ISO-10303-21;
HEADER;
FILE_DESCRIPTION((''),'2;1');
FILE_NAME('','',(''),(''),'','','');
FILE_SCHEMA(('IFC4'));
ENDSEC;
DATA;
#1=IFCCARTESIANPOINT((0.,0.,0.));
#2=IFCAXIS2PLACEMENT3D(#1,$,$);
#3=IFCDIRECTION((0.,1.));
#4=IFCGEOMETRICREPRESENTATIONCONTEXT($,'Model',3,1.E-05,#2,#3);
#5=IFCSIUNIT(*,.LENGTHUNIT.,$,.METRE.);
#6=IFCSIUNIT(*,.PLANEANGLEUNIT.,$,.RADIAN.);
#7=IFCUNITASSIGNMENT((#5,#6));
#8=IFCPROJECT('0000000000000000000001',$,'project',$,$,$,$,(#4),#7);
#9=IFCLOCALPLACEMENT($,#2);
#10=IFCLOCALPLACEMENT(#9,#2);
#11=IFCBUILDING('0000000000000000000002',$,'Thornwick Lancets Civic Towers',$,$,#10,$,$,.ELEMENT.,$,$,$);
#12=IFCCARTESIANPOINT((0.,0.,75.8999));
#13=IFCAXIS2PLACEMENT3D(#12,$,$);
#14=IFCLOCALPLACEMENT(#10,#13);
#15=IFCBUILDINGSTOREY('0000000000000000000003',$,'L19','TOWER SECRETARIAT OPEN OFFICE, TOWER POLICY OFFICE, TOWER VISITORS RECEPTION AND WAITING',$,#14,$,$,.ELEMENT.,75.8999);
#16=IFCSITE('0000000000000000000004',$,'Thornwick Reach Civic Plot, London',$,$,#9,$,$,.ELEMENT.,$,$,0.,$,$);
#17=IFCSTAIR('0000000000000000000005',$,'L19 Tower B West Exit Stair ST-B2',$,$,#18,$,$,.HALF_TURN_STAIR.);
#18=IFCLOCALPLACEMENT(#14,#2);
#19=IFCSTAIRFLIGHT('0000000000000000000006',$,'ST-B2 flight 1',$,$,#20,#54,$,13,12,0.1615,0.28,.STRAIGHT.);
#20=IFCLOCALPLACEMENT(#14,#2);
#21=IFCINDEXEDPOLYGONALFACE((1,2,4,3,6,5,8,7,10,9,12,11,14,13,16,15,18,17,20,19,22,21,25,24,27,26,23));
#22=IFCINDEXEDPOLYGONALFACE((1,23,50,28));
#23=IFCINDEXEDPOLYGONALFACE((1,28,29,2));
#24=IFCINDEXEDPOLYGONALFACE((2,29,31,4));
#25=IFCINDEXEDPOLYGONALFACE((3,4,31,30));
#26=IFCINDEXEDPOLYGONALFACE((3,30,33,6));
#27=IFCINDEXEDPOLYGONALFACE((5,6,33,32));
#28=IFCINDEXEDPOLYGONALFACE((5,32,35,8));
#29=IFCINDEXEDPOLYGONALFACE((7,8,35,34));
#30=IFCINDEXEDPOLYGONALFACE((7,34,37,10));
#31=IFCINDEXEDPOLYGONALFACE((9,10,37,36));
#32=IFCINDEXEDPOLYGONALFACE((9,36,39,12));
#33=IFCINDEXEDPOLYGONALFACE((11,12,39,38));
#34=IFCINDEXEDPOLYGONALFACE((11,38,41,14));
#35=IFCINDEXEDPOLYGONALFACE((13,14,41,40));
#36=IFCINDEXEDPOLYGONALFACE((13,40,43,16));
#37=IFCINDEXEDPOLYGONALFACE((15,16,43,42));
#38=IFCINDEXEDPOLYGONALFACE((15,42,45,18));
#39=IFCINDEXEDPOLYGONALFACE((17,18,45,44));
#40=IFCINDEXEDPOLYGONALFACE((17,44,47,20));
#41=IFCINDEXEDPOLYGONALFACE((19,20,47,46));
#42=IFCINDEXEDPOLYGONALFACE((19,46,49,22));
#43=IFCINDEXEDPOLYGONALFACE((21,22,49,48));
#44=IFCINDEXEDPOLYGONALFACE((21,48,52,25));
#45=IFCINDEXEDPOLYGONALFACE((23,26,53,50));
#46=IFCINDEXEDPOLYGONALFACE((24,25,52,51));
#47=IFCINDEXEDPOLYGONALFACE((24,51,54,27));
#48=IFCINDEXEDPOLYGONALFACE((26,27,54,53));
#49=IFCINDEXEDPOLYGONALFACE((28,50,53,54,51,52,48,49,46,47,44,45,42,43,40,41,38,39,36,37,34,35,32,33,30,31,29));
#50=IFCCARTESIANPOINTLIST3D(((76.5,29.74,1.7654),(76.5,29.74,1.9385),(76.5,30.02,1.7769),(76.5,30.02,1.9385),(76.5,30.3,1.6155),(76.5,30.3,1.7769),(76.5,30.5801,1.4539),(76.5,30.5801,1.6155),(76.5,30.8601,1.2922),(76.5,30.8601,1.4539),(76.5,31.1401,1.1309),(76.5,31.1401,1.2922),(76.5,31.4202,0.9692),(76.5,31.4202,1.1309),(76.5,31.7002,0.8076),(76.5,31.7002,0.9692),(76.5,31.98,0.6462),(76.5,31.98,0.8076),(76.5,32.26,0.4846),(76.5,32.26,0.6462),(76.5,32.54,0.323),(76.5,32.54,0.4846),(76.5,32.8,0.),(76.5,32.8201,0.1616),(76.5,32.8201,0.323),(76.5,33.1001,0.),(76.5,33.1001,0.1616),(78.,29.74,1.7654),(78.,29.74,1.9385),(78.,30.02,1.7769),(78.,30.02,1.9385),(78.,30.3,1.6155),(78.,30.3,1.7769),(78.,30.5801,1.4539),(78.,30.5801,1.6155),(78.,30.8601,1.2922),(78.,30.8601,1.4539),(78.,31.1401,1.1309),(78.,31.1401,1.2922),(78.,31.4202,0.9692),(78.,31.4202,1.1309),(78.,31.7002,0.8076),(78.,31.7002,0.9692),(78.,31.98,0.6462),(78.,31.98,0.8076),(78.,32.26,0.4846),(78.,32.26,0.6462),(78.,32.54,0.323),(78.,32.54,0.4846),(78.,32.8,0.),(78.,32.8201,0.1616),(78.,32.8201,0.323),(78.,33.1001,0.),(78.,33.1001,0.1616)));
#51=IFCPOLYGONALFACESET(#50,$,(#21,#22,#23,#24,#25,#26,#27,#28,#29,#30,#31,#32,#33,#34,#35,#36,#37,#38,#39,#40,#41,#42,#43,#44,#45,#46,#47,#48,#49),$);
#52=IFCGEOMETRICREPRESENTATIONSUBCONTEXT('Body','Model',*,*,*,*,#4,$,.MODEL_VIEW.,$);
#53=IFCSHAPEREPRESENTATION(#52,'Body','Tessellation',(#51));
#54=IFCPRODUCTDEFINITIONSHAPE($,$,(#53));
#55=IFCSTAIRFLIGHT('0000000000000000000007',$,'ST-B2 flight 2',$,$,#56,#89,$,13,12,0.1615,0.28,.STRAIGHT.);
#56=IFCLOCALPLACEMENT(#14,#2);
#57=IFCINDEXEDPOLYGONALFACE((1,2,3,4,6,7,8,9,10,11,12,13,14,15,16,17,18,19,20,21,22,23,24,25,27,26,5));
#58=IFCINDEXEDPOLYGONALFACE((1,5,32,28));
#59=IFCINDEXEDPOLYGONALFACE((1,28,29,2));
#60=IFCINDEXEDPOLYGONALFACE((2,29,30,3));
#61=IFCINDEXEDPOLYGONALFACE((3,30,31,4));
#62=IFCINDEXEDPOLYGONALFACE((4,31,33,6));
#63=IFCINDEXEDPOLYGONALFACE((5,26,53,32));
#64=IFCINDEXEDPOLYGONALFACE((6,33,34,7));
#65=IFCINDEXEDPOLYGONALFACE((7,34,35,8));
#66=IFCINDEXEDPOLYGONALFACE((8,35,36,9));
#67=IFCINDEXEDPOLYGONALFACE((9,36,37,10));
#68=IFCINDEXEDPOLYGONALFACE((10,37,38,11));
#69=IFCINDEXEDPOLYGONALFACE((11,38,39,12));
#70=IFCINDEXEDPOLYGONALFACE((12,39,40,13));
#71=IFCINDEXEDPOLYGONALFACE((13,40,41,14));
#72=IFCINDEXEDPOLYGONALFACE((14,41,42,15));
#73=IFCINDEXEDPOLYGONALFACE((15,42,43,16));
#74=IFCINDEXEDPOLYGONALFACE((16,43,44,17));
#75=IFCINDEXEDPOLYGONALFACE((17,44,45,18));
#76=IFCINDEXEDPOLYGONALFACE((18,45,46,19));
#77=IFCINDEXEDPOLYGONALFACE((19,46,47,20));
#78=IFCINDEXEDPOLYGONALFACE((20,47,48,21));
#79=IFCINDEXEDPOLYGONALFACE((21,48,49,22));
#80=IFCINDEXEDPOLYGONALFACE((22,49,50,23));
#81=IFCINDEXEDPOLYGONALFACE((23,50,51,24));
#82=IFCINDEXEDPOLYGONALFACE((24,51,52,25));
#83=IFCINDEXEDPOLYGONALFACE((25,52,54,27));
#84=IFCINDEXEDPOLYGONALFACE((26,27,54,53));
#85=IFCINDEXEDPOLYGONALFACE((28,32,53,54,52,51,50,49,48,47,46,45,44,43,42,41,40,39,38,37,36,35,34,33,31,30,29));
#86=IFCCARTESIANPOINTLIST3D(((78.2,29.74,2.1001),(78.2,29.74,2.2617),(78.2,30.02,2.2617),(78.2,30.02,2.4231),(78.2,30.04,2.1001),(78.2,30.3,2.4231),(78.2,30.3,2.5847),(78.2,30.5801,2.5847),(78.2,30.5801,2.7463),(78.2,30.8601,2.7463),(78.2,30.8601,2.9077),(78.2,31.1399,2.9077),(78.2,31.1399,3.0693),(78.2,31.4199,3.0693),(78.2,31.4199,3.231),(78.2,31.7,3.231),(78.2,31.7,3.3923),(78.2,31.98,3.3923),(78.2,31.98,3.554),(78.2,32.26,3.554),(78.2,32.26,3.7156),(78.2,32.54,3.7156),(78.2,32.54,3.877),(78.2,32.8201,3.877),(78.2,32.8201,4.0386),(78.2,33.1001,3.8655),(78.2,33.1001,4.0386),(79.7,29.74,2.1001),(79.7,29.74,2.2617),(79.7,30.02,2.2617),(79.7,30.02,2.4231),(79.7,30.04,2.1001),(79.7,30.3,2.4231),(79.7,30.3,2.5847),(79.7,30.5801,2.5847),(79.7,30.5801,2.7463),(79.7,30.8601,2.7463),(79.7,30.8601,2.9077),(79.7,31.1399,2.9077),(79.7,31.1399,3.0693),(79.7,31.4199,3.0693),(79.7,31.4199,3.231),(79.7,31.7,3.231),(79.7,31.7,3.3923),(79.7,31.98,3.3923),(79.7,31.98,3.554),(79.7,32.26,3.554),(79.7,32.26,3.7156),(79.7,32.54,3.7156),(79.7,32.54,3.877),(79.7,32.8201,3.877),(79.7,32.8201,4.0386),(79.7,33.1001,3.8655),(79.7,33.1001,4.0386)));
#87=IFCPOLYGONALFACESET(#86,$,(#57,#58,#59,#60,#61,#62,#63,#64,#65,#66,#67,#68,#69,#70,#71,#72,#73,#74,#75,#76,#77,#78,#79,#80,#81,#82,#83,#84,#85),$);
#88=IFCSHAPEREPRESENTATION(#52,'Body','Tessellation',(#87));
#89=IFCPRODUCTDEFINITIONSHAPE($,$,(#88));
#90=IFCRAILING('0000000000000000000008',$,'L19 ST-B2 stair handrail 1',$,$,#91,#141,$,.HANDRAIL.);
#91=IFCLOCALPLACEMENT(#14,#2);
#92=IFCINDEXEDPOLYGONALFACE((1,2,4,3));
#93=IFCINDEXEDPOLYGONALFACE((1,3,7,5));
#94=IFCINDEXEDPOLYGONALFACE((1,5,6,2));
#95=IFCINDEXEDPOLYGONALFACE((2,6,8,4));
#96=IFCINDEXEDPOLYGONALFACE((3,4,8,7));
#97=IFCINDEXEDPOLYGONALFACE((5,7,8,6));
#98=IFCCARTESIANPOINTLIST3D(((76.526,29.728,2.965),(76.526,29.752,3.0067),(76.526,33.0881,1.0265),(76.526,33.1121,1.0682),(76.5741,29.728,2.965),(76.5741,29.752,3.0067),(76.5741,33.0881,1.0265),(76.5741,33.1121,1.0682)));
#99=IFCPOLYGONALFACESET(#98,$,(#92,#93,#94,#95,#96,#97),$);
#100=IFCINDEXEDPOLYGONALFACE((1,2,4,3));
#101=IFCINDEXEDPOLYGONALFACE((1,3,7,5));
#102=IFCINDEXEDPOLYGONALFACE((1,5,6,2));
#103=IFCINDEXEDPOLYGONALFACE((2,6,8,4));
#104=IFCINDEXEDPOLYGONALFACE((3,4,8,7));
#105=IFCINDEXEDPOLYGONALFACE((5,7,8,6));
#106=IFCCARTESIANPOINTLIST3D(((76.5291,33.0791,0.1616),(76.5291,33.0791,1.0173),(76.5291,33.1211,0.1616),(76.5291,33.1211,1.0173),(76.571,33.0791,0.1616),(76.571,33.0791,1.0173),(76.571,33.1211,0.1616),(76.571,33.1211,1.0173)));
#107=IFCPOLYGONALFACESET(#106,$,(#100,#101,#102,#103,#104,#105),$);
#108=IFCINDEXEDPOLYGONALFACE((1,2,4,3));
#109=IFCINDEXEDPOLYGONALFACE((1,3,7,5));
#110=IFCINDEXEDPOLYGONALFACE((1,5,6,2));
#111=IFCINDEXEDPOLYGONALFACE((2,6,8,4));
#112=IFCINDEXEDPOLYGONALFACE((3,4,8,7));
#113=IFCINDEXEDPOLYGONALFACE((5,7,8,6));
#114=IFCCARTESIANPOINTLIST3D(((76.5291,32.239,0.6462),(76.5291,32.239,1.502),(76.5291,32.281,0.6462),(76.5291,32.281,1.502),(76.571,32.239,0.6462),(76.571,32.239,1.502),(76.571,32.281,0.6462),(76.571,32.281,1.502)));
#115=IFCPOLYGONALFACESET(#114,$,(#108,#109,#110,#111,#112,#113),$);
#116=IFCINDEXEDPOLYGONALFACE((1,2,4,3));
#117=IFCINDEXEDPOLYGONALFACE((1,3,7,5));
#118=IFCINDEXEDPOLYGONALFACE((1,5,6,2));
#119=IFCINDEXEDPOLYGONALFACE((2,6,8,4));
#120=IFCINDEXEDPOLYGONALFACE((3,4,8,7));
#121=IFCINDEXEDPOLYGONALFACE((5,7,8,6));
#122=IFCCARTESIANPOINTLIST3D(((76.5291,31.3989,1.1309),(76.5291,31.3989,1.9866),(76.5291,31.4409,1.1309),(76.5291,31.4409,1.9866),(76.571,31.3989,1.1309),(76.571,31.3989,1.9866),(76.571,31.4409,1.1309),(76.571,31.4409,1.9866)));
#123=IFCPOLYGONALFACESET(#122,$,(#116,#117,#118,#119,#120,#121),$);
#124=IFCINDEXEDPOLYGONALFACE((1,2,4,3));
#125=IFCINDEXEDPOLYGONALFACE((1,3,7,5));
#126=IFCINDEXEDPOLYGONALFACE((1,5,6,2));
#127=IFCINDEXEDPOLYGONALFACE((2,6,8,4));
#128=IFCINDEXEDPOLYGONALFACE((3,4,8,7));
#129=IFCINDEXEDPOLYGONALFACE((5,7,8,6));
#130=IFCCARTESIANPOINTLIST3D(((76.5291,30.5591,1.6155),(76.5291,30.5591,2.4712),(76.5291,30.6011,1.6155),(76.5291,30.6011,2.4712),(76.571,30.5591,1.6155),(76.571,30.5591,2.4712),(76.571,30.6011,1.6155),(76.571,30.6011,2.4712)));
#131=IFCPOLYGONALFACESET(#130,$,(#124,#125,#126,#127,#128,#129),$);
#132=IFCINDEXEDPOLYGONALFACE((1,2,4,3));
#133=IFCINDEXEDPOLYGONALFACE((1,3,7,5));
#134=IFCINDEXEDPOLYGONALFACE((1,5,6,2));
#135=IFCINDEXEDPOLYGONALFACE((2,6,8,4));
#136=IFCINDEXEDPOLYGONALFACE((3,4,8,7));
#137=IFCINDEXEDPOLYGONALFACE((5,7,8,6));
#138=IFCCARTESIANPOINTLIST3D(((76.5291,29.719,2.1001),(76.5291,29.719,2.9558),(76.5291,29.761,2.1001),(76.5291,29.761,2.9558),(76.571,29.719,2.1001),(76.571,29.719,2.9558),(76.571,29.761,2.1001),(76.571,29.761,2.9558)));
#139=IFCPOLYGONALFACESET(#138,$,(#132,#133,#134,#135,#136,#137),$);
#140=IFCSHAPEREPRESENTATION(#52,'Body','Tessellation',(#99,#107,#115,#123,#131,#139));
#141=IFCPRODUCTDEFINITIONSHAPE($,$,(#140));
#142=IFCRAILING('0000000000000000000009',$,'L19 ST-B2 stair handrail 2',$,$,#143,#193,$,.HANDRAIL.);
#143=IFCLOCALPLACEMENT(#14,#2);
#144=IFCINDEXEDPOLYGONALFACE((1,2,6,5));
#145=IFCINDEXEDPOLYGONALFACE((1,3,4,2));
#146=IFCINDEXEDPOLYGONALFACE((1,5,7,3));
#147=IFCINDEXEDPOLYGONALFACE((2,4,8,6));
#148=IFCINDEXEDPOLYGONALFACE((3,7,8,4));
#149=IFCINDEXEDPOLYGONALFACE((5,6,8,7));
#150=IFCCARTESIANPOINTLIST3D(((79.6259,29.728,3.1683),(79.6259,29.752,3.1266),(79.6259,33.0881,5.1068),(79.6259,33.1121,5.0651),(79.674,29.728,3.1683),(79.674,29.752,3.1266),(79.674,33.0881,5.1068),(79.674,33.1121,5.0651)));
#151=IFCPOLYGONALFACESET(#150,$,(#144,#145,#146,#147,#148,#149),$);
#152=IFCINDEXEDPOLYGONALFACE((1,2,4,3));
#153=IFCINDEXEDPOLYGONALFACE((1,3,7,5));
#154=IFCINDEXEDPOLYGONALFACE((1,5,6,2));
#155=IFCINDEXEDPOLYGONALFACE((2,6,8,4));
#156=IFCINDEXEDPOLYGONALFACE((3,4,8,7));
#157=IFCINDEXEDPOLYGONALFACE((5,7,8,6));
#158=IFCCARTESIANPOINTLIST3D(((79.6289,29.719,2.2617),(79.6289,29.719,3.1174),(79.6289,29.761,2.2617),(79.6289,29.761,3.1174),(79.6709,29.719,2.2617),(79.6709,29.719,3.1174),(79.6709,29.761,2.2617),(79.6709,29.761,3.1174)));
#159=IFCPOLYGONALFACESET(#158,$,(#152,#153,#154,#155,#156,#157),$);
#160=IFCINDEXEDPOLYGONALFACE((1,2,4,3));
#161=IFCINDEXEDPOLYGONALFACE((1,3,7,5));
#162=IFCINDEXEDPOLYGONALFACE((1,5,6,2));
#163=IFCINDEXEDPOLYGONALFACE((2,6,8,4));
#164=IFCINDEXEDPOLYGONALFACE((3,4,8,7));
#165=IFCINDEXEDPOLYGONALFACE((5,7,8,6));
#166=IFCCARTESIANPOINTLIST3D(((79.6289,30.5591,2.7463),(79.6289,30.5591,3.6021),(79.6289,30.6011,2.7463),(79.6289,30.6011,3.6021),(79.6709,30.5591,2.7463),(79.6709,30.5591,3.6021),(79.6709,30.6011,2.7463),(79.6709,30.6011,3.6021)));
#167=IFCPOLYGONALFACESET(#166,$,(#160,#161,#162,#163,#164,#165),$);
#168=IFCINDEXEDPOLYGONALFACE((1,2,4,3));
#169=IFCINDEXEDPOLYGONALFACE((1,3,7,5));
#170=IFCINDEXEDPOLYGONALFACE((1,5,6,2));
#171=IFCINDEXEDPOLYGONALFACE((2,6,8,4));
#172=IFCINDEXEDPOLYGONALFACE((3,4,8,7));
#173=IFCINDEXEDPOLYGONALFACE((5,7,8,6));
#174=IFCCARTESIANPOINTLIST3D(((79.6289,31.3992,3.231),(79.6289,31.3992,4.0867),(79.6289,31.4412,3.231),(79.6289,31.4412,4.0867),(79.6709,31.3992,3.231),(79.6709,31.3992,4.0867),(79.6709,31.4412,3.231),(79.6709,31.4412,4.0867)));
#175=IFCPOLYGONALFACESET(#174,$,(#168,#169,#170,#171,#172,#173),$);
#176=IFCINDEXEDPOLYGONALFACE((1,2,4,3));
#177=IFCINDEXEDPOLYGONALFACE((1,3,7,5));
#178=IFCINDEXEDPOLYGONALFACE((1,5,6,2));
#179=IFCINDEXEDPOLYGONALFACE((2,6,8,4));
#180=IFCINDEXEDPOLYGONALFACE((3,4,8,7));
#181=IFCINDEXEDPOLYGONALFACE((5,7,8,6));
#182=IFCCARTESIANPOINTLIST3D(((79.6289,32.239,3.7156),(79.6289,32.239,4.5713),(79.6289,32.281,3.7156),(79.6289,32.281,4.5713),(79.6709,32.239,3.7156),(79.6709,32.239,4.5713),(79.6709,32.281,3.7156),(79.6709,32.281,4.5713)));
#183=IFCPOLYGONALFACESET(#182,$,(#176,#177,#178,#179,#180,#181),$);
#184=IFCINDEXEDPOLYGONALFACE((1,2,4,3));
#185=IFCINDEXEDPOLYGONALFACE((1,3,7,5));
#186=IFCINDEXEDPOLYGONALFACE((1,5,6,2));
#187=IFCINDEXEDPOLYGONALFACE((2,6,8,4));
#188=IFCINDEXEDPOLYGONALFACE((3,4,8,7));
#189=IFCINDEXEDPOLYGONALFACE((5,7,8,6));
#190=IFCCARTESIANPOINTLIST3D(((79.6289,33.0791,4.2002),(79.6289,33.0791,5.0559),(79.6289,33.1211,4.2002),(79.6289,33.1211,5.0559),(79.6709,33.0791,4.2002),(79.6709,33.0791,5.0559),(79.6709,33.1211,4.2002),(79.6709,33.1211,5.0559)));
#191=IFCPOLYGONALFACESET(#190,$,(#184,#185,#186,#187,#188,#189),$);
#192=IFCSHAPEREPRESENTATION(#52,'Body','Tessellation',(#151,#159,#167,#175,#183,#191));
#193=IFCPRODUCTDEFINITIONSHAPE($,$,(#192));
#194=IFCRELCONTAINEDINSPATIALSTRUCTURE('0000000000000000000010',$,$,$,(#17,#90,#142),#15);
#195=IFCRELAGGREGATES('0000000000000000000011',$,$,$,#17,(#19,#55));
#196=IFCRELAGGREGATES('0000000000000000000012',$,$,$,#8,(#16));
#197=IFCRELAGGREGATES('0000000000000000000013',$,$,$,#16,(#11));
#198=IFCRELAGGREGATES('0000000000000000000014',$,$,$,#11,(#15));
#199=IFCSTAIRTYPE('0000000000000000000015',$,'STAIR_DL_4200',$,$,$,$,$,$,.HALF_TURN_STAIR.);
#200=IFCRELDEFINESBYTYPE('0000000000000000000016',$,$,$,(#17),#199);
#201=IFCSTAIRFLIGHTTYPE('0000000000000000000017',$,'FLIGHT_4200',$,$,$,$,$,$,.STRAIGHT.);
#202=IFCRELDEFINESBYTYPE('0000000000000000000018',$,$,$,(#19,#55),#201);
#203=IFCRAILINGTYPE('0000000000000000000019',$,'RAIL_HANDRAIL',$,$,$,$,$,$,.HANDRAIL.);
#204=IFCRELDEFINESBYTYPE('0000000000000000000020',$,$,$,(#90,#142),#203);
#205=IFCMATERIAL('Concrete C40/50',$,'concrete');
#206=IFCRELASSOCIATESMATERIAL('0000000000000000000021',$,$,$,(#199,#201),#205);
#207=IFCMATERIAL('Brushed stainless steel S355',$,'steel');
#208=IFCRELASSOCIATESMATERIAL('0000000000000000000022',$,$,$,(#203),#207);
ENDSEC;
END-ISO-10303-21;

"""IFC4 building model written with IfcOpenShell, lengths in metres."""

from ifc_helpers import new_model, si_unit, direction, frame, origin, origin_2d, place, context, subcontext, project, spatial, polyline, rectangle, outline, extrude, material, type_object, element, aggregate, save


model = new_model("IFC4")

# Units and contexts
model_context = context("Model", 3, precision=1e-05, world=origin(), true_north=direction((0.0, 1.0)))
body_context = subcontext(model_context, "Body", "Model", "MODEL_VIEW")
ifc_project = project(units=[si_unit("LENGTHUNIT", "METRE"), si_unit("PLANEANGLEUNIT", "RADIAN")], contexts=[model_context])

# Site, building, storey
site_placement = place(None, origin())
site = spatial("IfcSite", under=ifc_project, at=site_placement, Name="Thornwick Reach Civic Plot, London", CompositionType="ELEMENT", RefElevation=0.0)
building_placement = place(site_placement, origin())
building = spatial("IfcBuilding", under=site, at=building_placement, Name="Thornwick Lancets Civic Towers", CompositionType="ELEMENT")
storey_placement = place(building_placement, frame((0.0, 0.0, 75.8999)))
storey = spatial("IfcBuildingStorey", under=building, at=storey_placement, Name="L19", Description="TOWER SECRETARIAT OPEN OFFICE, TOWER POLICY OFFICE, TOWER VISITORS RECEPTION AND WAITING", CompositionType="ELEMENT", Elevation=75.8999)

# Shared definitions
ifc_material_1 = material(Name="Concrete C40/50", Category="concrete")

# Stair, stair flights
stair_type = type_object("IfcStairType", Name="STAIR_DL_4200", PredefinedType="HALF_TURN_STAIR", material=ifc_material_1)
stair_placement = place(storey_placement, origin())
stair = element("IfcStair", 1, at=stair_placement, inside=storey, type_object=stair_type, Name="L19 Tower B West Exit Stair ST-B2", PredefinedType="HALF_TURN_STAIR")
stair_flight_type = type_object("IfcStairFlightType", Name="FLIGHT_4200", PredefinedType="STRAIGHT", material=ifc_material_1)
stair_flight_1_placement = place(storey_placement, frame((77.25, 33.1001, 0.0), z_axis=(0.0, 0.0, 1.0), x_axis=(0.0, -1.0, 0.0)))
stair_flight_1 = element("IfcStairFlight", 2, at=stair_flight_1_placement, type_object=stair_flight_type, Name="ST-B2 flight 1", NumberOfRisers=13, NumberOfTreads=12, PredefinedType="STRAIGHT", RiserHeight=0.1615, TreadLength=0.28, context=body_context, shape_type="SweptSolid", body=[
    extrude(outline(polyline([(0.0, 0.0), (0.0, 0.1616), (0.28, 0.1616), (0.28, 0.323), (0.5601, 0.323), (0.5601, 0.4846), (0.8401, 0.4846), (0.8401, 0.6462), (1.1201, 0.6462), (1.1201, 0.8076), (1.3999, 0.8076), (1.3999, 0.9692), (1.6799, 0.9692), (1.6799, 1.1309), (1.96, 1.1309), (1.96, 1.2922), (2.24, 1.2922), (2.24, 1.4539), (2.52, 1.4539), (2.52, 1.6155), (2.8, 1.6155), (2.8, 1.7769), (3.0801, 1.7769), (3.0801, 1.9385), (3.3601, 1.9385), (3.3601, 2.1001), (3.3601, 1.7654), (0.3, 0.0), (0.0, 0.0)])), frame((0.0, 0.75, 0.0), z_axis=(0.0, -1.0, 0.0), x_axis=(1.0, 0.0, 0.0)), (0.0, 0.0, 1.0), 1.5),
])
stair_flight_2_placement = place(storey_placement, frame((78.95, 29.74, 2.1001), z_axis=(0.0, 0.0, 1.0), x_axis=(0.0, 1.0, 0.0)))
stair_flight_2 = element("IfcStairFlight", 3, at=stair_flight_2_placement, type_object=stair_flight_type, Name="ST-B2 flight 2", NumberOfRisers=13, NumberOfTreads=12, PredefinedType="STRAIGHT", RiserHeight=0.1615, TreadLength=0.28, context=body_context, shape_type="SweptSolid", body=[
    extrude(outline(polyline([(0.0, 0.0), (0.0, 0.1616), (0.28, 0.1616), (0.28, 0.323), (0.5601, 0.323), (0.5601, 0.4846), (0.8401, 0.4846), (0.8401, 0.6462), (1.1201, 0.6462), (1.1201, 0.8076), (1.3999, 0.8076), (1.3999, 0.9692), (1.6799, 0.9692), (1.6799, 1.1309), (1.96, 1.1309), (1.96, 1.2922), (2.24, 1.2922), (2.24, 1.4539), (2.52, 1.4539), (2.52, 1.6155), (2.8, 1.6155), (2.8, 1.7769), (3.0801, 1.7769), (3.0801, 1.9385), (3.3601, 1.9385), (3.3601, 2.1001), (3.3601, 1.7654), (0.3, 0.0), (0.0, 0.0)])), frame((0.0, 0.75, 0.0), z_axis=(0.0, -1.0, 0.0), x_axis=(1.0, 0.0, 0.0)), (0.0, 0.0, 1.0), 1.5),
])
aggregate(stair, [stair_flight_1, stair_flight_2])

# Railings
ifc_material_2 = material(Name="Brushed stainless steel S355", Category="steel")
railing_type_1 = type_object("IfcRailingType", Name="RAIL_HANDRAIL", PredefinedType="HANDRAIL", material=ifc_material_2)
railing_1_placement = place(storey_placement, frame((76.55, 33.1001, 0.1616)))
element("IfcRailing", 4, at=railing_1_placement, inside=storey, type_object=railing_type_1, Name="L19 ST-B2 stair handrail 1", PredefinedType="HANDRAIL", context=body_context, shape_type="SweptSolid", body=[
    extrude(rectangle(XDim=0.0481, YDim=0.0481, at=origin_2d()), frame((0.0, 0.0, 0.8857), z_axis=(0.0, -0.866191, 0.499713), x_axis=(1.0, 0.0, 0.0)), (0.0, 0.0, 1.0), 3.8792),
    extrude(rectangle(XDim=0.042, YDim=0.042, at=origin_2d()), origin(), (0.0, 0.0, 1.0), 0.8557),
    extrude(rectangle(XDim=0.042, YDim=0.042, at=origin_2d()), frame((0.0, -0.8401, 0.4846)), (0.0, 0.0, 1.0), 0.8557),
    extrude(rectangle(XDim=0.042, YDim=0.042, at=origin_2d()), frame((0.0, -1.6802, 0.9692)), (0.0, 0.0, 1.0), 0.8557),
    extrude(rectangle(XDim=0.042, YDim=0.042, at=origin_2d()), frame((0.0, -2.52, 1.4539)), (0.0, 0.0, 1.0), 0.8557),
    extrude(rectangle(XDim=0.042, YDim=0.042, at=origin_2d()), frame((0.0, -3.3601, 1.9385)), (0.0, 0.0, 1.0), 0.8557),
])
railing_2_placement = place(storey_placement, frame((79.6499, 29.74, 2.2617)))
element("IfcRailing", 5, at=railing_2_placement, inside=storey, type_object=railing_type_1, Name="L19 ST-B2 stair handrail 2", PredefinedType="HANDRAIL", context=body_context, shape_type="SweptSolid", body=[
    extrude(rectangle(XDim=0.0481, YDim=0.0481, at=origin_2d()), frame((0.0, 0.0, 0.8857), z_axis=(0.0, 0.866191, 0.499713), x_axis=(-1.0, 0.0, 0.0)), (0.0, 0.0, 1.0), 3.8792),
    extrude(rectangle(XDim=0.042, YDim=0.042, at=origin_2d()), origin(), (0.0, 0.0, 1.0), 0.8557),
    extrude(rectangle(XDim=0.042, YDim=0.042, at=origin_2d()), frame((0.0, 0.8401, 0.4846)), (0.0, 0.0, 1.0), 0.8557),
    extrude(rectangle(XDim=0.042, YDim=0.042, at=origin_2d()), frame((0.0, 1.6802, 0.9692)), (0.0, 0.0, 1.0), 0.8557),
    extrude(rectangle(XDim=0.042, YDim=0.042, at=origin_2d()), frame((0.0, 2.52, 1.4539)), (0.0, 0.0, 1.0), 0.8557),
    extrude(rectangle(XDim=0.042, YDim=0.042, at=origin_2d()), frame((0.0, 3.3601, 1.9385)), (0.0, 0.0, 1.0), 0.8557),
])

save(model, "model.ifc")
